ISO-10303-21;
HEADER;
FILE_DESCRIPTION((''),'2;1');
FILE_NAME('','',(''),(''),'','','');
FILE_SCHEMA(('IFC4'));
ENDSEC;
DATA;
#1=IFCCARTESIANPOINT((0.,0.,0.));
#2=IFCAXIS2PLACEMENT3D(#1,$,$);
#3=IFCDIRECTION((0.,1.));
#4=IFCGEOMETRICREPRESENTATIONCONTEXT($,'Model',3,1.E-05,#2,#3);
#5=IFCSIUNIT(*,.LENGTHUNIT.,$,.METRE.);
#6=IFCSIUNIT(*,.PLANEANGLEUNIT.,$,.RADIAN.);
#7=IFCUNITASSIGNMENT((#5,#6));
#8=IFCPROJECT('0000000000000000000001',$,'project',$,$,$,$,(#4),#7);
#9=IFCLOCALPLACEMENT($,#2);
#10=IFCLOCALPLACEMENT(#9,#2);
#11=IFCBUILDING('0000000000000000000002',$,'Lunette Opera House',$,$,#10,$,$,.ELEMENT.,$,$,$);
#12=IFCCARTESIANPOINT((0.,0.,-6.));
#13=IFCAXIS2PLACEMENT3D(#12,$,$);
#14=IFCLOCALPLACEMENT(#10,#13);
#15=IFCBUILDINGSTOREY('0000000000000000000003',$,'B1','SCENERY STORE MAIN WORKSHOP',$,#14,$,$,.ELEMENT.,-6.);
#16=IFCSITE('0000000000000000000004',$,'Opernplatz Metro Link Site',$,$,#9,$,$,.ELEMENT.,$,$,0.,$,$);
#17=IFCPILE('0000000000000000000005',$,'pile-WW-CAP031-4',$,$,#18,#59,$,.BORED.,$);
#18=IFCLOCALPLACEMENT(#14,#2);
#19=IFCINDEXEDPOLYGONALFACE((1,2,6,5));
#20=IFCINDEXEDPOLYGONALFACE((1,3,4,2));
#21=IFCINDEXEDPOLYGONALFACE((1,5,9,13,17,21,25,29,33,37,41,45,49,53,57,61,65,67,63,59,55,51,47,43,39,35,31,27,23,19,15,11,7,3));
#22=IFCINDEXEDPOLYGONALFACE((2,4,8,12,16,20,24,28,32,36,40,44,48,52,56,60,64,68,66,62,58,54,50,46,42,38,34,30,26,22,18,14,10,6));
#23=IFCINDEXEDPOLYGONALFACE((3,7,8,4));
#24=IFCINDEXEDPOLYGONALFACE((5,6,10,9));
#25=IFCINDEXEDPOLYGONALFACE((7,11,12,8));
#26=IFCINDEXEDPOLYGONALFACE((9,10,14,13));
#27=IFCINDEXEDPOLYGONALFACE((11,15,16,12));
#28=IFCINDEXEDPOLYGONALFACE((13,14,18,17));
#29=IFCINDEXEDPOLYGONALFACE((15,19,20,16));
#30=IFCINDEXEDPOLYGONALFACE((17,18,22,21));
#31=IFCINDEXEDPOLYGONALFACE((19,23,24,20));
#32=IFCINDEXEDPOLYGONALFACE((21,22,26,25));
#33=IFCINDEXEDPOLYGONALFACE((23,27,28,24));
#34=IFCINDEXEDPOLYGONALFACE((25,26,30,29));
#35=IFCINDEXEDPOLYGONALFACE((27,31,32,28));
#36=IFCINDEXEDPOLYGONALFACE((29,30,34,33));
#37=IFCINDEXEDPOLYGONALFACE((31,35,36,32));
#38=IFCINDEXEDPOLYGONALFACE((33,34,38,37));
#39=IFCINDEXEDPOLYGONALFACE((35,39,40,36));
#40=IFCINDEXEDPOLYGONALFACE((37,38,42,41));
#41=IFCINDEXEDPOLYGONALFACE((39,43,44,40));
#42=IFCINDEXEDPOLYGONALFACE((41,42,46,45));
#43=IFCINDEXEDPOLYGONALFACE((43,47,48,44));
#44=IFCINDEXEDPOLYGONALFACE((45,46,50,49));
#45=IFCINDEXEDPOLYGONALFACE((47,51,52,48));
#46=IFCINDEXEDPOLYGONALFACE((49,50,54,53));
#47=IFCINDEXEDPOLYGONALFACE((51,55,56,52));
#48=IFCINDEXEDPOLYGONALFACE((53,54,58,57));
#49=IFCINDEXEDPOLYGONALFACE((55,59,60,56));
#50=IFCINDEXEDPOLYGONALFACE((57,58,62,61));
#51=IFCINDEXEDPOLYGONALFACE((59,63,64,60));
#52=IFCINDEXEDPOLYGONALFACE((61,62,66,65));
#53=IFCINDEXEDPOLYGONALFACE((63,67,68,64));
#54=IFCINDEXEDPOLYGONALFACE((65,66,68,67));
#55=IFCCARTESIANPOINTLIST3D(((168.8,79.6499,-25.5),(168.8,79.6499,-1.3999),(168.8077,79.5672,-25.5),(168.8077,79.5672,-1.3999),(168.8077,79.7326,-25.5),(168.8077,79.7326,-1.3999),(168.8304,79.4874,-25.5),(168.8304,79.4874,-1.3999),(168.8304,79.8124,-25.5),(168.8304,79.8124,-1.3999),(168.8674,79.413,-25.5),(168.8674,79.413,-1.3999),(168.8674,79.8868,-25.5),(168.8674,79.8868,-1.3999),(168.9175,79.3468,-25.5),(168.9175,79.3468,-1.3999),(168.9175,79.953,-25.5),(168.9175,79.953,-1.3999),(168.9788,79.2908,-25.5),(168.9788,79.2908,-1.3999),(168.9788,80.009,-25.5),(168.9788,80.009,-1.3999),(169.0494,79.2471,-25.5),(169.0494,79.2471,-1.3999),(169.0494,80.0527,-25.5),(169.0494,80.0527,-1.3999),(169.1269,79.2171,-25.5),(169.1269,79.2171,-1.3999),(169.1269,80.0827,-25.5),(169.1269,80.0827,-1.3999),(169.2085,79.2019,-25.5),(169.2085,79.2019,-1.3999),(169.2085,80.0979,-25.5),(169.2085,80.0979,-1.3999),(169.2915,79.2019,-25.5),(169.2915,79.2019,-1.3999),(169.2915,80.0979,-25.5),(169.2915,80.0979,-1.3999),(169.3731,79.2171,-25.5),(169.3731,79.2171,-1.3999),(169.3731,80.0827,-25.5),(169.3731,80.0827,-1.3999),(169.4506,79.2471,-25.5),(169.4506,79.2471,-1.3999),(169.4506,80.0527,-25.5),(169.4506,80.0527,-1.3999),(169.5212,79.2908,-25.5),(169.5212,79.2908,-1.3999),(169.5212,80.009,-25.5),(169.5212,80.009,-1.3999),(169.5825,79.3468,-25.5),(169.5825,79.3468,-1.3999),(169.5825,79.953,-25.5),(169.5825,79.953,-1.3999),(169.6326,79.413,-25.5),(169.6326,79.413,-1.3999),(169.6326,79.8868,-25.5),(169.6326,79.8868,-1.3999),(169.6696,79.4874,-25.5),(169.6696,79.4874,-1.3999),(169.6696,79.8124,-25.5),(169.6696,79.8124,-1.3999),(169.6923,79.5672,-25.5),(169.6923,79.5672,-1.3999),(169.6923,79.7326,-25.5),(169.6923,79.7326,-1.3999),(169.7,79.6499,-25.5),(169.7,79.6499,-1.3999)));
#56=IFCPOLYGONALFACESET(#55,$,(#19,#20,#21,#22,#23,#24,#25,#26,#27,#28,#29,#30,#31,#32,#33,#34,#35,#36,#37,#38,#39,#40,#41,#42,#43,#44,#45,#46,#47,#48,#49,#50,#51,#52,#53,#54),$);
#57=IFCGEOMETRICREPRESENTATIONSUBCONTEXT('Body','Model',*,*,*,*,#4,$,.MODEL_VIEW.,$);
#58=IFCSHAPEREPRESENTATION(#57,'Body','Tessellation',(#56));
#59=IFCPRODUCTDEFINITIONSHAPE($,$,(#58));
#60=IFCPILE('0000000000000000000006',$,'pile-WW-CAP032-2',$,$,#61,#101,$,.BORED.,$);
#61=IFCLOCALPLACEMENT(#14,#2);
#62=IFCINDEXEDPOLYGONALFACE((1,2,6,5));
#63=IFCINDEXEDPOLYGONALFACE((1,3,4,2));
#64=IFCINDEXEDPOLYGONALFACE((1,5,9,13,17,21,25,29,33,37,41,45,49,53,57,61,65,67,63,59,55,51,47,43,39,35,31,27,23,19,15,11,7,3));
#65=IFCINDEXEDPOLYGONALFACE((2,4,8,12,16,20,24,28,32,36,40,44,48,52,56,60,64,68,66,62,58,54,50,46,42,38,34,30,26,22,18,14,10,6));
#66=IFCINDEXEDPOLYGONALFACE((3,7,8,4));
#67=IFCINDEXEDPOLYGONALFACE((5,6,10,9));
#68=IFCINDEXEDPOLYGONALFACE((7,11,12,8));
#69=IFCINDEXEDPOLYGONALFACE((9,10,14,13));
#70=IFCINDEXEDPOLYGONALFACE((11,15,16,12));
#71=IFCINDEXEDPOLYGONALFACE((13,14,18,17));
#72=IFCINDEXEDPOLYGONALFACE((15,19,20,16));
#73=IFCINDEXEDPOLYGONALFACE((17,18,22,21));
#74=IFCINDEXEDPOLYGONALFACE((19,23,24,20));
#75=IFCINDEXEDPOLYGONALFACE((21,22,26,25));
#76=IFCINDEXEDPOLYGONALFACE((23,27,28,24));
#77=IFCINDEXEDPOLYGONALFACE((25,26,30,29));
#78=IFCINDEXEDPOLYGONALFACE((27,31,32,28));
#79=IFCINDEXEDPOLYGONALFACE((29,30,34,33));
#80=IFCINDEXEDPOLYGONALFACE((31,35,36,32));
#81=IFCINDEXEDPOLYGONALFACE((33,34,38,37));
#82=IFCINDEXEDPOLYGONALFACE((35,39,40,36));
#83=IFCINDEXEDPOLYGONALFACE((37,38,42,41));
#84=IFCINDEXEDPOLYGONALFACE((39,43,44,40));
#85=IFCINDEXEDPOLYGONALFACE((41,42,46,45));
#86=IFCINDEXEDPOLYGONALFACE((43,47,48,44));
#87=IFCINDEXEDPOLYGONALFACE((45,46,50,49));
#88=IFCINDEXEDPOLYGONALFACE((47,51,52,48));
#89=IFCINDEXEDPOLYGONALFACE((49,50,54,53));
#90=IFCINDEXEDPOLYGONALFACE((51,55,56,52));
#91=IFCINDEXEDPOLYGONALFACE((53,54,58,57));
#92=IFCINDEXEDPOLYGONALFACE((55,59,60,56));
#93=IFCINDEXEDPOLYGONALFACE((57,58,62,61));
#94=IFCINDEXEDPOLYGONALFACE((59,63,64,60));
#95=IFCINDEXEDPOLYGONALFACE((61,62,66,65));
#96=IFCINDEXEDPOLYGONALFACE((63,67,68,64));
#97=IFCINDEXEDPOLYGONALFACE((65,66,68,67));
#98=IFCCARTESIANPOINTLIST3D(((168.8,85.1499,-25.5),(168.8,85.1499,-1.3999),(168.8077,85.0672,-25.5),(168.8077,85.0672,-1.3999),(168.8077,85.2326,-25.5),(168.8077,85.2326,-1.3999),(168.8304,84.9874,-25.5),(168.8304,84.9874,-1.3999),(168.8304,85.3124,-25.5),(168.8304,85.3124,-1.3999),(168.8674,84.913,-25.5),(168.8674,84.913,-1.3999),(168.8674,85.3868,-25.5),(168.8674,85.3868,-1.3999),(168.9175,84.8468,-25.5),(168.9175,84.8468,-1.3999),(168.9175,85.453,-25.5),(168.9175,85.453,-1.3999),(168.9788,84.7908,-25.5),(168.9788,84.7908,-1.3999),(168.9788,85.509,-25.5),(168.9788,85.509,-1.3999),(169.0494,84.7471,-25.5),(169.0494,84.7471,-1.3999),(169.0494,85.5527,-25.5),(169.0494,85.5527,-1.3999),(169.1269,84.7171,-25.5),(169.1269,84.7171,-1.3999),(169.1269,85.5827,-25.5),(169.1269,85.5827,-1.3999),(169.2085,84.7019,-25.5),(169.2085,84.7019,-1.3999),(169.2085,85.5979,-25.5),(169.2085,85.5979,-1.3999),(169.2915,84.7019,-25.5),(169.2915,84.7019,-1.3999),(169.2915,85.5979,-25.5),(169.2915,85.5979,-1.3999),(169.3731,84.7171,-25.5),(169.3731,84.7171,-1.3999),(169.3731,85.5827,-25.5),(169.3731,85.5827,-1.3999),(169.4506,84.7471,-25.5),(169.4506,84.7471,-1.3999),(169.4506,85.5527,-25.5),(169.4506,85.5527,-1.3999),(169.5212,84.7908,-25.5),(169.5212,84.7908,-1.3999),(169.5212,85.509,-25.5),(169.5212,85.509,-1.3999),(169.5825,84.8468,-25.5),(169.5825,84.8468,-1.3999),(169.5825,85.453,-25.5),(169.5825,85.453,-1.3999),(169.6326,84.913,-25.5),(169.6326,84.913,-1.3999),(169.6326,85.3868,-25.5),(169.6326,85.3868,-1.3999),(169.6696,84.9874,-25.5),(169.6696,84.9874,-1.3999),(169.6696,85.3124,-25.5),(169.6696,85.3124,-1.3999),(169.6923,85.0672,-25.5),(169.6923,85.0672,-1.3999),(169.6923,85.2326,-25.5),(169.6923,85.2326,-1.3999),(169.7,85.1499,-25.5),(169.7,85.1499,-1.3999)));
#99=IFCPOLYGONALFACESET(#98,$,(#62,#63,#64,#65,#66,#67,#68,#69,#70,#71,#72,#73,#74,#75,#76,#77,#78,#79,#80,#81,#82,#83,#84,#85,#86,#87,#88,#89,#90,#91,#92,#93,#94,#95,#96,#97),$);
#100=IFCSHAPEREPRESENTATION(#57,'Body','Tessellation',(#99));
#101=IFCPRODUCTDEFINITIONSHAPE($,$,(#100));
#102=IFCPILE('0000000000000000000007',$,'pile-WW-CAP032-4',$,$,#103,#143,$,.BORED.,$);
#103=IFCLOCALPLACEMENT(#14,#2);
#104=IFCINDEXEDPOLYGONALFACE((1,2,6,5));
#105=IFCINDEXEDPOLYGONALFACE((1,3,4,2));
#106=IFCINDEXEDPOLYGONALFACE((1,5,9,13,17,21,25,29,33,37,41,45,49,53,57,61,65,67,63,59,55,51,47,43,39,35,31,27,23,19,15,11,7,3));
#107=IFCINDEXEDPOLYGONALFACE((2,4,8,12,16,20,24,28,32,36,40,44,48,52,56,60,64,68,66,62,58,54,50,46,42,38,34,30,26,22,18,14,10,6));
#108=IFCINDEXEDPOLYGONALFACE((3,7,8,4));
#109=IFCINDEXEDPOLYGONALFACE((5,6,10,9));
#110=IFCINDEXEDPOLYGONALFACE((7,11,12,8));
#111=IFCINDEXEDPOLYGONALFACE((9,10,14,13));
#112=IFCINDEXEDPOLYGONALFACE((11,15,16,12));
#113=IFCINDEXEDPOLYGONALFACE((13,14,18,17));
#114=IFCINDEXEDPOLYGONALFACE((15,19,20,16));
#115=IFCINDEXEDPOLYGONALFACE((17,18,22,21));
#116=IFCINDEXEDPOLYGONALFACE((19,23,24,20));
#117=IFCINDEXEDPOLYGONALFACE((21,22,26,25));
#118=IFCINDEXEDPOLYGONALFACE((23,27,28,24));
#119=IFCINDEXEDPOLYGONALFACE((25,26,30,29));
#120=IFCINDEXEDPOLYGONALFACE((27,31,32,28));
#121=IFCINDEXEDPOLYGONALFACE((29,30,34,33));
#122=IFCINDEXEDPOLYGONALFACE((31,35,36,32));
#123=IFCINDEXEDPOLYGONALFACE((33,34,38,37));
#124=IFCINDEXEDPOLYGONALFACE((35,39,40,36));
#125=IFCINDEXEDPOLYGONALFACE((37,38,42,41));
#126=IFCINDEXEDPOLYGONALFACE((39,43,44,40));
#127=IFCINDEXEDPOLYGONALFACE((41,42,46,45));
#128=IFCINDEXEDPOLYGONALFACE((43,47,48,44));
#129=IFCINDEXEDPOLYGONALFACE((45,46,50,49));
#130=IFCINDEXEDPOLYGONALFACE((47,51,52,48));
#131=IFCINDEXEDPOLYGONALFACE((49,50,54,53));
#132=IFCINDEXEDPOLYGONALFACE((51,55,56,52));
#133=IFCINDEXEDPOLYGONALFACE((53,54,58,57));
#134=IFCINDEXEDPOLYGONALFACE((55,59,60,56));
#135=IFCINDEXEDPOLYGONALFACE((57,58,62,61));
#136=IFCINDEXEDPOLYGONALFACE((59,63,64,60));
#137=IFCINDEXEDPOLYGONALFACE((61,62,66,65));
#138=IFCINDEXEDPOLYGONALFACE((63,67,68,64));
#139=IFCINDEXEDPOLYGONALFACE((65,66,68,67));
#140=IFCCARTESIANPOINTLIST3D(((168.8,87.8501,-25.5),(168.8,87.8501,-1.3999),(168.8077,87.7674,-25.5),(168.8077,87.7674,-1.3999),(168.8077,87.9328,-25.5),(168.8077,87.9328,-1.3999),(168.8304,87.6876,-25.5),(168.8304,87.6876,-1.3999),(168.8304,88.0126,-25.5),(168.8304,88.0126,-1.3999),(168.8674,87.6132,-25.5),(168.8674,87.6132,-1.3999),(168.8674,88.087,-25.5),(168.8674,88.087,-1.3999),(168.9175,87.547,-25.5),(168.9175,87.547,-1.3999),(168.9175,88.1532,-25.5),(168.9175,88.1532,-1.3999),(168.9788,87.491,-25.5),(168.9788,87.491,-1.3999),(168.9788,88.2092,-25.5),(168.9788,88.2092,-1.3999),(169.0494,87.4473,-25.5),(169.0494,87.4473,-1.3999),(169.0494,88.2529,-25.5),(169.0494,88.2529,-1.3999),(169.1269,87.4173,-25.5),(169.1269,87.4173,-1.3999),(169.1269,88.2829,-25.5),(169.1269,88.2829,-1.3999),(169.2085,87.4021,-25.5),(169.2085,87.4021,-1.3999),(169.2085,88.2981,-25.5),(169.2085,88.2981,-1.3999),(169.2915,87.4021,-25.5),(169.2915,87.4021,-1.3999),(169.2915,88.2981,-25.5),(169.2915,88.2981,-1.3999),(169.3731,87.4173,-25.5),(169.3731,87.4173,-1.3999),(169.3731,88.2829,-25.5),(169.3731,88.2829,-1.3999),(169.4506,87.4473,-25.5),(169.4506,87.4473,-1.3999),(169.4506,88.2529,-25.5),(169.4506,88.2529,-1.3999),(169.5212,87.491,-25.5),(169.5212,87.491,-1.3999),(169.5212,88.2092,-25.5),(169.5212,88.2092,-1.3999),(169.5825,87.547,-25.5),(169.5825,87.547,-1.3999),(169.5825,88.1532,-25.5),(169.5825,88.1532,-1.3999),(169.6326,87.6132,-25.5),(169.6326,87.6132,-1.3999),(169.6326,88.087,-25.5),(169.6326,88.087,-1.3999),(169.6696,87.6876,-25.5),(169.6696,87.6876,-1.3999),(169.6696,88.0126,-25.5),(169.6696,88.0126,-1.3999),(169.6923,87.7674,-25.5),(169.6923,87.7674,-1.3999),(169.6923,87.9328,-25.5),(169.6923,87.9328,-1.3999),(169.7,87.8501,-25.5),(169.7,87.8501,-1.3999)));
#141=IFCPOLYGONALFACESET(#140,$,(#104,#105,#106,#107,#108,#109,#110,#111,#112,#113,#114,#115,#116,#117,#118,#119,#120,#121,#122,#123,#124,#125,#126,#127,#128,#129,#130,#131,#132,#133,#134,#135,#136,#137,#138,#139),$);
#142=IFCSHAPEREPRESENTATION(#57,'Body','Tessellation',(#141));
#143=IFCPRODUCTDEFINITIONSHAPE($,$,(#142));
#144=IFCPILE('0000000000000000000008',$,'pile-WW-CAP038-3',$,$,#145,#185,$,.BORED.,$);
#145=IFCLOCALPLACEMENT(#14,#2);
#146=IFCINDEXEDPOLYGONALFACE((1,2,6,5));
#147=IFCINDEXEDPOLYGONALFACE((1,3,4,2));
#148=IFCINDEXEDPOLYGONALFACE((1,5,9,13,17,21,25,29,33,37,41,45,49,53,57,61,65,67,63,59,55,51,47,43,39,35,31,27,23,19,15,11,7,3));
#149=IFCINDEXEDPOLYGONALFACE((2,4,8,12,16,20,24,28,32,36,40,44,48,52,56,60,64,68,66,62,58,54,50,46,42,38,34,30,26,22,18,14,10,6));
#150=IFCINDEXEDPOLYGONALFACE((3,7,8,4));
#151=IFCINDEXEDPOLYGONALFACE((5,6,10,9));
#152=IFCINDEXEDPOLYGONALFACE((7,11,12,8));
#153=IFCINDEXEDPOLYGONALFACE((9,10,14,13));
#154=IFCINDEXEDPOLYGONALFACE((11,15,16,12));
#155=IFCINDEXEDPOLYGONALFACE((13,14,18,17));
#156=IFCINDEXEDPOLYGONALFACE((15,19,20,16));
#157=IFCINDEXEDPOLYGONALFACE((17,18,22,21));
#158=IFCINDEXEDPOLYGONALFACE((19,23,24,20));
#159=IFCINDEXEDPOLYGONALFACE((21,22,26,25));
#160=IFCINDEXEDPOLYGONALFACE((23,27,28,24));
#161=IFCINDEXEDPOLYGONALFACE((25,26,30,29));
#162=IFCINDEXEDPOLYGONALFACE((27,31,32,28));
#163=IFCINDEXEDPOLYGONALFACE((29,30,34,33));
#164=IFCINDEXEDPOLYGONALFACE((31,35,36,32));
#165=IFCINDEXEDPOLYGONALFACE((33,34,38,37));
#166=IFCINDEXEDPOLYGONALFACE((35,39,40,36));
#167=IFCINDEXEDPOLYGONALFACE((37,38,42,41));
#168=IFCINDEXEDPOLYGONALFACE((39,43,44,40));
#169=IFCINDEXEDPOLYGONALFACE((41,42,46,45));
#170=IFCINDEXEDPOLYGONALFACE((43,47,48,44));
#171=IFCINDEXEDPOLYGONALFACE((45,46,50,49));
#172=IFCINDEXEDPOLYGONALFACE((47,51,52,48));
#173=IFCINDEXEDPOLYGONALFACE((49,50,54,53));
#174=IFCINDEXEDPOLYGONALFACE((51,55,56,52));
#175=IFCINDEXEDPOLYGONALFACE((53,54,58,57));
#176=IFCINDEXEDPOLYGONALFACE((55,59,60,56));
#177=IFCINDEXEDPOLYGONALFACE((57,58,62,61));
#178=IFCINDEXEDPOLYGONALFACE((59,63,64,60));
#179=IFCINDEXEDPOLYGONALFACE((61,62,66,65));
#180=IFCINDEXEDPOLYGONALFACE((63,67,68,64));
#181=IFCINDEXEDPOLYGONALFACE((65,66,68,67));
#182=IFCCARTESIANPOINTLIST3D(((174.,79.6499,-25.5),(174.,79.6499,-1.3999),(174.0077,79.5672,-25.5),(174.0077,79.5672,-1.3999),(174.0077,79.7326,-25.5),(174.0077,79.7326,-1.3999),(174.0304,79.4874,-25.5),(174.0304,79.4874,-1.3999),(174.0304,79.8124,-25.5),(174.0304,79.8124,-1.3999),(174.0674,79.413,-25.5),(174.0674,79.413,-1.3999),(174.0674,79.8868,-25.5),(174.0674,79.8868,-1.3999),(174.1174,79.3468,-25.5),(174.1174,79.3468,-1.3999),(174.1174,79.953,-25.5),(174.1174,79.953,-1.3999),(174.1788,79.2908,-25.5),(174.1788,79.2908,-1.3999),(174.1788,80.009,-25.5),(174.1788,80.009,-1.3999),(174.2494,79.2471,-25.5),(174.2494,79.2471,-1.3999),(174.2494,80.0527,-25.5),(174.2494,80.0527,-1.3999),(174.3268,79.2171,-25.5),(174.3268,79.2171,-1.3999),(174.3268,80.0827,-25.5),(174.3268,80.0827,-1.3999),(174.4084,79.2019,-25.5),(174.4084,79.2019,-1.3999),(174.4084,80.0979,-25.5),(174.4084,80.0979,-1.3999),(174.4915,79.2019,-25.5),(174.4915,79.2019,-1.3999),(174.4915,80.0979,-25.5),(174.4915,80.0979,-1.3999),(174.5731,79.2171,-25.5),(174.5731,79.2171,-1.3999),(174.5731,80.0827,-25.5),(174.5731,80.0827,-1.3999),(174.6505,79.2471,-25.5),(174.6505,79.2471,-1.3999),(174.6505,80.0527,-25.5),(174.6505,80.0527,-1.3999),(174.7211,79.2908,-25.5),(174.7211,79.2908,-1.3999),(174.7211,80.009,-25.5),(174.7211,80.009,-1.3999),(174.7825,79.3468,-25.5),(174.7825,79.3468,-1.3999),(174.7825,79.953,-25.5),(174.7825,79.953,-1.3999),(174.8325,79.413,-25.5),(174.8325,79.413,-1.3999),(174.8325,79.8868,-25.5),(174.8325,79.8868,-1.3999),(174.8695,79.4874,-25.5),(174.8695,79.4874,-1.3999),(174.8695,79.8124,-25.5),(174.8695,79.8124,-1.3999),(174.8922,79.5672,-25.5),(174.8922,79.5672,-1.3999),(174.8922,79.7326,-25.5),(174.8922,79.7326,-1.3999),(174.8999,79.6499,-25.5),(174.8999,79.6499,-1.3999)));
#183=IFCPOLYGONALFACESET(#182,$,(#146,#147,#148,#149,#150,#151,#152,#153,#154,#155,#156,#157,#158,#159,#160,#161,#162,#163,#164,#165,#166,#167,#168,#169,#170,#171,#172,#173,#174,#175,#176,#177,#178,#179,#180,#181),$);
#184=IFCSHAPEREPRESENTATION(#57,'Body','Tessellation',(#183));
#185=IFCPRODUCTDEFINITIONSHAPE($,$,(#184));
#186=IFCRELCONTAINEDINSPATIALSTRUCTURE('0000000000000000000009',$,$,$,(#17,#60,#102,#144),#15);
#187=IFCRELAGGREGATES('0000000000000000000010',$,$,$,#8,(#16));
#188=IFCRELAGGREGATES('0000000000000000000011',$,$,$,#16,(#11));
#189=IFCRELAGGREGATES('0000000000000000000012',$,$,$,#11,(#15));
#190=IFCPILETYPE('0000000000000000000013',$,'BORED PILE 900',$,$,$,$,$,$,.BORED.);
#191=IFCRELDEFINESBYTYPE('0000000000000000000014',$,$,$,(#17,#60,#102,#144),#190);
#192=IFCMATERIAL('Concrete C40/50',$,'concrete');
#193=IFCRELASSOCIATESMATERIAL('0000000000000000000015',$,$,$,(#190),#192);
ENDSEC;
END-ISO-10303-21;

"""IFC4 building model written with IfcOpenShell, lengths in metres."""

from ifc_helpers import new_model, si_unit, direction, frame, origin, origin_2d, place, context, subcontext, project, spatial, circle, extrude, material, material_profile, profile_set, type_object, element, save


model = new_model("IFC4")

# Units and contexts
model_context = context("Model", 3, precision=1e-05, world=origin(), true_north=direction((0.0, 1.0)))
body_context = subcontext(model_context, "Body", "Model", "MODEL_VIEW")
ifc_project = project(units=[si_unit("LENGTHUNIT", "METRE"), si_unit("PLANEANGLEUNIT", "RADIAN")], contexts=[model_context])

# Site, building, storey
site_placement = place(None, origin())
site = spatial("IfcSite", under=ifc_project, at=site_placement, Name="Opernplatz Metro Link Site", CompositionType="ELEMENT", RefElevation=0.0)
building_placement = place(site_placement, origin())
building = spatial("IfcBuilding", under=site, at=building_placement, Name="Lunette Opera House", CompositionType="ELEMENT")
storey_placement = place(building_placement, frame((0.0, 0.0, -6.0)))
storey = spatial("IfcBuildingStorey", under=building, at=storey_placement, Name="B1", Description="SCENERY STORE MAIN WORKSHOP", CompositionType="ELEMENT", Elevation=-6.0)

# Piles
ifc_material_1 = material(Name="Concrete C40/50", Category="concrete")
ifc_material_profile_1 = material_profile(ifc_material_1, circle(Radius=0.45, at=origin_2d()), Name="BORED PILE 900")
ifc_profile_set_1 = profile_set([ifc_material_profile_1], Name="Concrete C40/50")
pile_type = type_object("IfcPileType", Name="BORED PILE 900", PredefinedType="BORED", material=ifc_profile_set_1)
for number, where, z_axis, x_axis, name in (
    (1, (169.25, 79.6499, -1.3999), (0.0, 0.0, -1.0), (1.0, 0.0, 0.0), "pile-WW-CAP031-4"),
    (2, (169.25, 85.1499, -1.3999), (0.0, 0.0, -1.0), (1.0, 0.0, 0.0), "pile-WW-CAP032-2"),
    (3, (169.25, 87.8501, -1.3999), (0.0, 0.0, -1.0), (1.0, 0.0, 0.0), "pile-WW-CAP032-4"),
    (4, (174.45, 79.6499, -1.3999), (0.0, 0.0, -1.0), (1.0, 0.0, 0.0), "pile-WW-CAP038-3"),
):
    element("IfcPile", number, at=place(storey_placement, frame(where, z_axis=z_axis, x_axis=x_axis)), inside=storey, type_object=pile_type, Name=name, PredefinedType="BORED", context=body_context, shape_type="SweptSolid", body=[
        extrude(circle(Radius=0.45, at=origin_2d()), origin(), (0.0, 0.0, 1.0), 24.1001),
    ])

save(model, "model.ifc")
